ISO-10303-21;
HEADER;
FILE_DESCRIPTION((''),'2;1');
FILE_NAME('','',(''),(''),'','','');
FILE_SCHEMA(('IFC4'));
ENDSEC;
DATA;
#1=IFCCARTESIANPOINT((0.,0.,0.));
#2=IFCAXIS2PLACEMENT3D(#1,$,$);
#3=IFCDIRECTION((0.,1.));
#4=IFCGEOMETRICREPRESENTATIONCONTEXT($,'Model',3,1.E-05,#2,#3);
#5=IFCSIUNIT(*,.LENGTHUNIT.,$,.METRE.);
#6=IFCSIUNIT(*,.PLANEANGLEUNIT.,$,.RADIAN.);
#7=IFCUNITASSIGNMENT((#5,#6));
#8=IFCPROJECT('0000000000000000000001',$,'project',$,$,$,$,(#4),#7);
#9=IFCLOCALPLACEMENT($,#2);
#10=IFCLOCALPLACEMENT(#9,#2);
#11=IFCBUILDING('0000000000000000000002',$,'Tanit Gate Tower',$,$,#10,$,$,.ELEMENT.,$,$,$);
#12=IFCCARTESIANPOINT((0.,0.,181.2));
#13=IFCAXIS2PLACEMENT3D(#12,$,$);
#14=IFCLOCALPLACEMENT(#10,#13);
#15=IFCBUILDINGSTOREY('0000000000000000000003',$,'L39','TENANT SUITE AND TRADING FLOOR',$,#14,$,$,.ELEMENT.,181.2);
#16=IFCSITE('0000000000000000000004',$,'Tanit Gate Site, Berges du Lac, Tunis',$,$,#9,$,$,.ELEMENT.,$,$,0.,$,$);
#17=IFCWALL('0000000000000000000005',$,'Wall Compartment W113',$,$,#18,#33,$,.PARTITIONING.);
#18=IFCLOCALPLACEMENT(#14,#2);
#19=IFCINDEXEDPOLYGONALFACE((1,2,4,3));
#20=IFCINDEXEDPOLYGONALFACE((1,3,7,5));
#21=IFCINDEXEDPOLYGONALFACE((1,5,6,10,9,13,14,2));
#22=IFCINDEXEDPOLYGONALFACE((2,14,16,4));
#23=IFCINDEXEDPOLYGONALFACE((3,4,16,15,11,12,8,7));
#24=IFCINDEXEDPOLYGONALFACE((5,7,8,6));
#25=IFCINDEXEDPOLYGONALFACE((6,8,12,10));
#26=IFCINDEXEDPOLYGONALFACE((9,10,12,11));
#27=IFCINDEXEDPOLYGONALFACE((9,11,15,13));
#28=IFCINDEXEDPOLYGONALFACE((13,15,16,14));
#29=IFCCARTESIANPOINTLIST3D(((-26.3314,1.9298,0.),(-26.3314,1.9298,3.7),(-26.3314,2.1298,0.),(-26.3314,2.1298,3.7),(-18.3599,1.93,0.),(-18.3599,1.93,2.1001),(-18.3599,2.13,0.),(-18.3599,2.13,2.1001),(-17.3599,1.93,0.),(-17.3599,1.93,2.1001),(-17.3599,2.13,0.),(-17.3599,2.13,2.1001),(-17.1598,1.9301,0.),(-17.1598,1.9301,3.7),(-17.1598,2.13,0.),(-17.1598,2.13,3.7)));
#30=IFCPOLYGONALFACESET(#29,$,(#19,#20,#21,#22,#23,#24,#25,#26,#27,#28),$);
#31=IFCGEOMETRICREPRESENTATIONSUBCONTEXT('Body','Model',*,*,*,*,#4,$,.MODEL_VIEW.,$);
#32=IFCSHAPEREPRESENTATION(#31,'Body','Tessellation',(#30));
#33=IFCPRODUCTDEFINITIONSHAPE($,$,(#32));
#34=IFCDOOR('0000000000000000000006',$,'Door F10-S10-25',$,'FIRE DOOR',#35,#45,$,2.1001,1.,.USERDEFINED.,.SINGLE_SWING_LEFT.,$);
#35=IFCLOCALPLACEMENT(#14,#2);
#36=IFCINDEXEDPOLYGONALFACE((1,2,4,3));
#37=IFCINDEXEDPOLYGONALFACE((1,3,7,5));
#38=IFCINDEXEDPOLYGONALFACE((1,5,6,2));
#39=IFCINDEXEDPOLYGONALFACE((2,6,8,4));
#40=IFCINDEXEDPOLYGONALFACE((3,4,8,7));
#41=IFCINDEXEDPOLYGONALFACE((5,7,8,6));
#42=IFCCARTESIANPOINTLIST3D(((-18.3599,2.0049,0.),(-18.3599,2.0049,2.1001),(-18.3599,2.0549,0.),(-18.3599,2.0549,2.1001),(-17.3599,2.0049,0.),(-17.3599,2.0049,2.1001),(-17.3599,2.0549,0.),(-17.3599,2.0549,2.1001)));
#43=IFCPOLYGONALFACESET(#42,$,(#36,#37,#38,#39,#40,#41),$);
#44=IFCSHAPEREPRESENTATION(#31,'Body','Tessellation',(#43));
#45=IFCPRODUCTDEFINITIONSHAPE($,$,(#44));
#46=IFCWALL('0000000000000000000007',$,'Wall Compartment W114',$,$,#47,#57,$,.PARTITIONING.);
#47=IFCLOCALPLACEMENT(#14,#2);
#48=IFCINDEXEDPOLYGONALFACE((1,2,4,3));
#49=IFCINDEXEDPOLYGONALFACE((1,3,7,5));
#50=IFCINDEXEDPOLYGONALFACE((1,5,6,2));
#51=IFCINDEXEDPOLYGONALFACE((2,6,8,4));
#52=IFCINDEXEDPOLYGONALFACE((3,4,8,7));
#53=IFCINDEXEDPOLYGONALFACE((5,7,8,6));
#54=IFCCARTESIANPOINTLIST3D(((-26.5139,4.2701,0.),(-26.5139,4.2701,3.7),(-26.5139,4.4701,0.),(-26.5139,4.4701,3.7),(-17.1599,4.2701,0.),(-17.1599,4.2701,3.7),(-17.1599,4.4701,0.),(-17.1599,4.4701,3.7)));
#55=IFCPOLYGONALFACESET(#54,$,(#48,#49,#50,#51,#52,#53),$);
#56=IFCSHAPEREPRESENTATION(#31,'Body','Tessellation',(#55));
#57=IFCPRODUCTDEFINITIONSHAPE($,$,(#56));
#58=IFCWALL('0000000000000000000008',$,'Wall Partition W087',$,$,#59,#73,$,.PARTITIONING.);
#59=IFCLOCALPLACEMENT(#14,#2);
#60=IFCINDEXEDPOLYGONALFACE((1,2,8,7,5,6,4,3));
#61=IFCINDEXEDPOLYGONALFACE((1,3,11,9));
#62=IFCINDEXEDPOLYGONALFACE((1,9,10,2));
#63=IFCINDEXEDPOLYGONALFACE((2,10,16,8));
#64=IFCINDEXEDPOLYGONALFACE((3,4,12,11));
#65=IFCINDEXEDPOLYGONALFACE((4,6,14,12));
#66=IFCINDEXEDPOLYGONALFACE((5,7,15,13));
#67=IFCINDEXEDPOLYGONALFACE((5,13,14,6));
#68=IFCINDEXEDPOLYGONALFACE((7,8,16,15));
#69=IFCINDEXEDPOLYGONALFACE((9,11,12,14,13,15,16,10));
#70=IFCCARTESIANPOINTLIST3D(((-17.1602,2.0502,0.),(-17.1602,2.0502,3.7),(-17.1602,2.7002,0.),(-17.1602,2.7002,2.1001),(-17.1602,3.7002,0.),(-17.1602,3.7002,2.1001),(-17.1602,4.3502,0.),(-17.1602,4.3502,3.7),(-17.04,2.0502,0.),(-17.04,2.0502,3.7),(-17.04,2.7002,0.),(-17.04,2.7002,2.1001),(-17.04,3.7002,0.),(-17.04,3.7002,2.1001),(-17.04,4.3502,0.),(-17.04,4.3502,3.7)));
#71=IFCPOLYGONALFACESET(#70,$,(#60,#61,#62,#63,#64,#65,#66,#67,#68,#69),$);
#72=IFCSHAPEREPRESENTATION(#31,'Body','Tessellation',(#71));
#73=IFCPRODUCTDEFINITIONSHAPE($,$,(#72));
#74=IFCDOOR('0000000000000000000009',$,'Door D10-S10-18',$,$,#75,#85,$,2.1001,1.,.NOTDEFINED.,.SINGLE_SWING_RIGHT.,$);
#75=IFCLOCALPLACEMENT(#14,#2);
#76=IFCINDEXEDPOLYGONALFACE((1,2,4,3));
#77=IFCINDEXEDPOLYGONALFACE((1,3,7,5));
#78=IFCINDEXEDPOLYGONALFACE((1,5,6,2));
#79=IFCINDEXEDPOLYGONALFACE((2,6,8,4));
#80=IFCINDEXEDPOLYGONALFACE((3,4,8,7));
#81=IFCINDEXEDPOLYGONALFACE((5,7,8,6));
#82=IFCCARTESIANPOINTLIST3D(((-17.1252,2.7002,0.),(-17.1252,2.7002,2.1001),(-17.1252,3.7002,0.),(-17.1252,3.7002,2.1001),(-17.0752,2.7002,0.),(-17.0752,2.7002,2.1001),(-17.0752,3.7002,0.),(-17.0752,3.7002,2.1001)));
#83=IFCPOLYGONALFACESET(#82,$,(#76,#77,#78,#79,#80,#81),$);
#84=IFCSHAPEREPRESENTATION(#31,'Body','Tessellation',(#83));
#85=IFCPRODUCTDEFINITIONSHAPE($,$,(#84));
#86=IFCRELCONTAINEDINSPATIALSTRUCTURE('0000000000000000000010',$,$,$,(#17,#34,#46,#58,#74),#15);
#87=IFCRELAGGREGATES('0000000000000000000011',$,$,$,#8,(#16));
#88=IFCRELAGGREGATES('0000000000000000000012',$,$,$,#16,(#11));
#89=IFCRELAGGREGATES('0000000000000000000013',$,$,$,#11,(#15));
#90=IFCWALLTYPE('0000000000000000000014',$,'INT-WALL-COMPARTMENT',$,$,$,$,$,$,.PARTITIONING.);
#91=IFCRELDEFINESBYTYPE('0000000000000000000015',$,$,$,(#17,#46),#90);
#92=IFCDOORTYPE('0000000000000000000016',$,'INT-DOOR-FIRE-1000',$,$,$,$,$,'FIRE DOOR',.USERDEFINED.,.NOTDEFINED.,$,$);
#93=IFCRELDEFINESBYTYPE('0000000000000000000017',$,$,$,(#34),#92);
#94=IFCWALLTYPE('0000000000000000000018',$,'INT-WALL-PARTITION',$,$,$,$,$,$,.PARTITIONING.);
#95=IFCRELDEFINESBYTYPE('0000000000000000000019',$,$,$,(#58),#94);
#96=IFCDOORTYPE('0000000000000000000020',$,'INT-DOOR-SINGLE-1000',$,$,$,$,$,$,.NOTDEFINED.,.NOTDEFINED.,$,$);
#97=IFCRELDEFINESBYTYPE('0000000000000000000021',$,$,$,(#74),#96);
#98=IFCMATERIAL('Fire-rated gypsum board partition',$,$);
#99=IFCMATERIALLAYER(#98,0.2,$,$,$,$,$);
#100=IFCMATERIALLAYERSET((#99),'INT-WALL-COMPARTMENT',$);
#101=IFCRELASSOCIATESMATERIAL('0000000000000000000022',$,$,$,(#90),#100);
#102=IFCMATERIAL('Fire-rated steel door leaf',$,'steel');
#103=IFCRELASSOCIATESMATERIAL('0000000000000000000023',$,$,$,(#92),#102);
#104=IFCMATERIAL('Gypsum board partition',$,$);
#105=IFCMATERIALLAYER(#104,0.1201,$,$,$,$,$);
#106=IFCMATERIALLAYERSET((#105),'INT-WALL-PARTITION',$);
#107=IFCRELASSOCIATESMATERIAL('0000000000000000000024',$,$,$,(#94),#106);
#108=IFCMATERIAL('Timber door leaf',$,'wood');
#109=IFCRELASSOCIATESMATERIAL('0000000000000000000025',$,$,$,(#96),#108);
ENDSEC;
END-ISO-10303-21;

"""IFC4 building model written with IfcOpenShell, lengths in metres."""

from ifc_helpers import new_model, si_unit, direction, frame, frame_2d, origin, place, context, subcontext, project, spatial, rectangle, extrude, material, layer, layer_set, type_object, element, fill, save


model = new_model("IFC4")

# Units and contexts
model_context = context("Model", 3, precision=1e-05, world=origin(), true_north=direction((0.0, 1.0)))
body_context = subcontext(model_context, "Body", "Model", "MODEL_VIEW")
ifc_project = project(units=[si_unit("LENGTHUNIT", "METRE"), si_unit("PLANEANGLEUNIT", "RADIAN")], contexts=[model_context])

# Site, building, storey
site_placement = place(None, origin())
site = spatial("IfcSite", under=ifc_project, at=site_placement, Name="Tanit Gate Site, Berges du Lac, Tunis", CompositionType="ELEMENT", RefElevation=0.0)
building_placement = place(site_placement, origin())
building = spatial("IfcBuilding", under=site, at=building_placement, Name="Tanit Gate Tower", CompositionType="ELEMENT")
storey_placement = place(building_placement, frame((0.0, 0.0, 181.2)))
storey = spatial("IfcBuildingStorey", under=building, at=storey_placement, Name="L39", Description="TENANT SUITE AND TRADING FLOOR", CompositionType="ELEMENT", Elevation=181.2)

# Shared definitions
ifc_material_1 = material(Name="Fire-rated gypsum board partition")
ifc_layer_1 = layer(ifc_material_1, 0.2)
ifc_layer_set_1 = layer_set([ifc_layer_1], Name="INT-WALL-COMPARTMENT")
wall_type_1 = type_object("IfcWallType", Name="INT-WALL-COMPARTMENT", PredefinedType="PARTITIONING", material=ifc_layer_set_1)

# Wall, opening, door
wall_1_placement = place(storey_placement, frame((-26.3315, 2.0298, 0.0), z_axis=(0.0, 0.0, 1.0), x_axis=(1.0, 0.000027, 0.0)))
wall_1 = element("IfcWall", 1, at=wall_1_placement, inside=storey, type_object=wall_type_1, Name="Wall Compartment W113", PredefinedType="PARTITIONING", context=body_context, shape_type="SweptSolid", body=[
    extrude(rectangle(XDim=9.1716, YDim=0.2, at=frame_2d((4.5859, 0.0))), origin(), (0.0, 0.0, 1.0), 3.7),
])
opening_1_placement = place(wall_1_placement, frame((7.9717, 0.0, 0.0)))
opening_1 = element("IfcOpeningElement", 2, at=opening_1_placement, cuts=wall_1, PredefinedType="OPENING", context=body_context, shape_type="SweptSolid", body=[
    extrude(rectangle(XDim=1.0, YDim=2.1001, at=frame_2d((0.5, 1.05))), frame((0.0, 0.1099, 0.0), z_axis=(0.0, -1.0, 0.0), x_axis=(1.0, 0.0, 0.0)), (0.0, 0.0, 1.0), 0.22),
])
ifc_material_2 = material(Name="Fire-rated steel door leaf", Category="steel")
door_type_1 = type_object("IfcDoorType", Name="INT-DOOR-FIRE-1000", ElementType="FIRE DOOR", OperationType="NOTDEFINED", PredefinedType="USERDEFINED", material=ifc_material_2)
door_1_placement = place(opening_1_placement, origin())
door_1 = element("IfcDoor", 3, at=door_1_placement, inside=storey, type_object=door_type_1, Name="Door F10-S10-25", ObjectType="FIRE DOOR", OperationType="SINGLE_SWING_LEFT", OverallHeight=2.1001, OverallWidth=1.0, PredefinedType="USERDEFINED", context=body_context, shape_type="SweptSolid", body=[
    extrude(rectangle(XDim=1.0, YDim=2.1001, at=frame_2d((0.5, 1.05))), frame((0.0, 0.0249, 0.0), z_axis=(0.0, -1.0, 0.0), x_axis=(1.0, 0.0, 0.0)), (0.0, 0.0, 1.0), 0.05),
])
fill(opening_1, door_1)

# Wall
wall_2_placement = place(storey_placement, frame((-17.1599, 4.3701, 0.0), z_axis=(0.0, 0.0, 1.0), x_axis=(-1.0, 0.0, 0.0)))
element("IfcWall", 4, at=wall_2_placement, inside=storey, type_object=wall_type_1, Name="Wall Compartment W114", PredefinedType="PARTITIONING", context=body_context, shape_type="SweptSolid", body=[
    extrude(rectangle(XDim=9.354, YDim=0.2, at=frame_2d((4.677, 0.0))), origin(), (0.0, 0.0, 1.0), 3.7),
])

# Wall, opening, door
ifc_material_3 = material(Name="Gypsum board partition")
ifc_layer_2 = layer(ifc_material_3, 0.1201)
ifc_layer_set_2 = layer_set([ifc_layer_2], Name="INT-WALL-PARTITION")
wall_type_2 = type_object("IfcWallType", Name="INT-WALL-PARTITION", PredefinedType="PARTITIONING", material=ifc_layer_set_2)
wall_3_placement = place(storey_placement, frame((-17.1001, 4.3501, 0.0), z_axis=(0.0, 0.0, 1.0), x_axis=(0.0, -1.0, 0.0)))
wall_3 = element("IfcWall", 5, at=wall_3_placement, inside=storey, type_object=wall_type_2, Name="Wall Partition W087", PredefinedType="PARTITIONING", context=body_context, shape_type="SweptSolid", body=[
    extrude(rectangle(XDim=2.3, YDim=0.1201, at=frame_2d((1.1499, 0.0))), origin(), (0.0, 0.0, 1.0), 3.7),
])
opening_2_placement = place(wall_3_placement, frame((0.6499, 0.0, 0.0)))
opening_2 = element("IfcOpeningElement", 6, at=opening_2_placement, cuts=wall_3, PredefinedType="OPENING", context=body_context, shape_type="SweptSolid", body=[
    extrude(rectangle(XDim=1.0, YDim=2.1001, at=frame_2d((0.5, 1.05))), frame((0.0, 0.0701, 0.0), z_axis=(0.0, -1.0, 0.0), x_axis=(1.0, 0.0, 0.0)), (0.0, 0.0, 1.0), 0.1401),
])
ifc_material_4 = material(Name="Timber door leaf", Category="wood")
door_type_2 = type_object("IfcDoorType", Name="INT-DOOR-SINGLE-1000", OperationType="NOTDEFINED", PredefinedType="NOTDEFINED", material=ifc_material_4)
door_2_placement = place(opening_2_placement, origin())
door_2 = element("IfcDoor", 7, at=door_2_placement, inside=storey, type_object=door_type_2, Name="Door D10-S10-18", OperationType="SINGLE_SWING_RIGHT", OverallHeight=2.1001, OverallWidth=1.0, PredefinedType="NOTDEFINED", context=body_context, shape_type="SweptSolid", body=[
    extrude(rectangle(XDim=1.0, YDim=2.1001, at=frame_2d((0.5, 1.05))), frame((0.0, 0.0249, 0.0), z_axis=(0.0, -1.0, 0.0), x_axis=(1.0, 0.0, 0.0)), (0.0, 0.0, 1.0), 0.05),
])
fill(opening_2, door_2)

save(model, "model.ifc")
